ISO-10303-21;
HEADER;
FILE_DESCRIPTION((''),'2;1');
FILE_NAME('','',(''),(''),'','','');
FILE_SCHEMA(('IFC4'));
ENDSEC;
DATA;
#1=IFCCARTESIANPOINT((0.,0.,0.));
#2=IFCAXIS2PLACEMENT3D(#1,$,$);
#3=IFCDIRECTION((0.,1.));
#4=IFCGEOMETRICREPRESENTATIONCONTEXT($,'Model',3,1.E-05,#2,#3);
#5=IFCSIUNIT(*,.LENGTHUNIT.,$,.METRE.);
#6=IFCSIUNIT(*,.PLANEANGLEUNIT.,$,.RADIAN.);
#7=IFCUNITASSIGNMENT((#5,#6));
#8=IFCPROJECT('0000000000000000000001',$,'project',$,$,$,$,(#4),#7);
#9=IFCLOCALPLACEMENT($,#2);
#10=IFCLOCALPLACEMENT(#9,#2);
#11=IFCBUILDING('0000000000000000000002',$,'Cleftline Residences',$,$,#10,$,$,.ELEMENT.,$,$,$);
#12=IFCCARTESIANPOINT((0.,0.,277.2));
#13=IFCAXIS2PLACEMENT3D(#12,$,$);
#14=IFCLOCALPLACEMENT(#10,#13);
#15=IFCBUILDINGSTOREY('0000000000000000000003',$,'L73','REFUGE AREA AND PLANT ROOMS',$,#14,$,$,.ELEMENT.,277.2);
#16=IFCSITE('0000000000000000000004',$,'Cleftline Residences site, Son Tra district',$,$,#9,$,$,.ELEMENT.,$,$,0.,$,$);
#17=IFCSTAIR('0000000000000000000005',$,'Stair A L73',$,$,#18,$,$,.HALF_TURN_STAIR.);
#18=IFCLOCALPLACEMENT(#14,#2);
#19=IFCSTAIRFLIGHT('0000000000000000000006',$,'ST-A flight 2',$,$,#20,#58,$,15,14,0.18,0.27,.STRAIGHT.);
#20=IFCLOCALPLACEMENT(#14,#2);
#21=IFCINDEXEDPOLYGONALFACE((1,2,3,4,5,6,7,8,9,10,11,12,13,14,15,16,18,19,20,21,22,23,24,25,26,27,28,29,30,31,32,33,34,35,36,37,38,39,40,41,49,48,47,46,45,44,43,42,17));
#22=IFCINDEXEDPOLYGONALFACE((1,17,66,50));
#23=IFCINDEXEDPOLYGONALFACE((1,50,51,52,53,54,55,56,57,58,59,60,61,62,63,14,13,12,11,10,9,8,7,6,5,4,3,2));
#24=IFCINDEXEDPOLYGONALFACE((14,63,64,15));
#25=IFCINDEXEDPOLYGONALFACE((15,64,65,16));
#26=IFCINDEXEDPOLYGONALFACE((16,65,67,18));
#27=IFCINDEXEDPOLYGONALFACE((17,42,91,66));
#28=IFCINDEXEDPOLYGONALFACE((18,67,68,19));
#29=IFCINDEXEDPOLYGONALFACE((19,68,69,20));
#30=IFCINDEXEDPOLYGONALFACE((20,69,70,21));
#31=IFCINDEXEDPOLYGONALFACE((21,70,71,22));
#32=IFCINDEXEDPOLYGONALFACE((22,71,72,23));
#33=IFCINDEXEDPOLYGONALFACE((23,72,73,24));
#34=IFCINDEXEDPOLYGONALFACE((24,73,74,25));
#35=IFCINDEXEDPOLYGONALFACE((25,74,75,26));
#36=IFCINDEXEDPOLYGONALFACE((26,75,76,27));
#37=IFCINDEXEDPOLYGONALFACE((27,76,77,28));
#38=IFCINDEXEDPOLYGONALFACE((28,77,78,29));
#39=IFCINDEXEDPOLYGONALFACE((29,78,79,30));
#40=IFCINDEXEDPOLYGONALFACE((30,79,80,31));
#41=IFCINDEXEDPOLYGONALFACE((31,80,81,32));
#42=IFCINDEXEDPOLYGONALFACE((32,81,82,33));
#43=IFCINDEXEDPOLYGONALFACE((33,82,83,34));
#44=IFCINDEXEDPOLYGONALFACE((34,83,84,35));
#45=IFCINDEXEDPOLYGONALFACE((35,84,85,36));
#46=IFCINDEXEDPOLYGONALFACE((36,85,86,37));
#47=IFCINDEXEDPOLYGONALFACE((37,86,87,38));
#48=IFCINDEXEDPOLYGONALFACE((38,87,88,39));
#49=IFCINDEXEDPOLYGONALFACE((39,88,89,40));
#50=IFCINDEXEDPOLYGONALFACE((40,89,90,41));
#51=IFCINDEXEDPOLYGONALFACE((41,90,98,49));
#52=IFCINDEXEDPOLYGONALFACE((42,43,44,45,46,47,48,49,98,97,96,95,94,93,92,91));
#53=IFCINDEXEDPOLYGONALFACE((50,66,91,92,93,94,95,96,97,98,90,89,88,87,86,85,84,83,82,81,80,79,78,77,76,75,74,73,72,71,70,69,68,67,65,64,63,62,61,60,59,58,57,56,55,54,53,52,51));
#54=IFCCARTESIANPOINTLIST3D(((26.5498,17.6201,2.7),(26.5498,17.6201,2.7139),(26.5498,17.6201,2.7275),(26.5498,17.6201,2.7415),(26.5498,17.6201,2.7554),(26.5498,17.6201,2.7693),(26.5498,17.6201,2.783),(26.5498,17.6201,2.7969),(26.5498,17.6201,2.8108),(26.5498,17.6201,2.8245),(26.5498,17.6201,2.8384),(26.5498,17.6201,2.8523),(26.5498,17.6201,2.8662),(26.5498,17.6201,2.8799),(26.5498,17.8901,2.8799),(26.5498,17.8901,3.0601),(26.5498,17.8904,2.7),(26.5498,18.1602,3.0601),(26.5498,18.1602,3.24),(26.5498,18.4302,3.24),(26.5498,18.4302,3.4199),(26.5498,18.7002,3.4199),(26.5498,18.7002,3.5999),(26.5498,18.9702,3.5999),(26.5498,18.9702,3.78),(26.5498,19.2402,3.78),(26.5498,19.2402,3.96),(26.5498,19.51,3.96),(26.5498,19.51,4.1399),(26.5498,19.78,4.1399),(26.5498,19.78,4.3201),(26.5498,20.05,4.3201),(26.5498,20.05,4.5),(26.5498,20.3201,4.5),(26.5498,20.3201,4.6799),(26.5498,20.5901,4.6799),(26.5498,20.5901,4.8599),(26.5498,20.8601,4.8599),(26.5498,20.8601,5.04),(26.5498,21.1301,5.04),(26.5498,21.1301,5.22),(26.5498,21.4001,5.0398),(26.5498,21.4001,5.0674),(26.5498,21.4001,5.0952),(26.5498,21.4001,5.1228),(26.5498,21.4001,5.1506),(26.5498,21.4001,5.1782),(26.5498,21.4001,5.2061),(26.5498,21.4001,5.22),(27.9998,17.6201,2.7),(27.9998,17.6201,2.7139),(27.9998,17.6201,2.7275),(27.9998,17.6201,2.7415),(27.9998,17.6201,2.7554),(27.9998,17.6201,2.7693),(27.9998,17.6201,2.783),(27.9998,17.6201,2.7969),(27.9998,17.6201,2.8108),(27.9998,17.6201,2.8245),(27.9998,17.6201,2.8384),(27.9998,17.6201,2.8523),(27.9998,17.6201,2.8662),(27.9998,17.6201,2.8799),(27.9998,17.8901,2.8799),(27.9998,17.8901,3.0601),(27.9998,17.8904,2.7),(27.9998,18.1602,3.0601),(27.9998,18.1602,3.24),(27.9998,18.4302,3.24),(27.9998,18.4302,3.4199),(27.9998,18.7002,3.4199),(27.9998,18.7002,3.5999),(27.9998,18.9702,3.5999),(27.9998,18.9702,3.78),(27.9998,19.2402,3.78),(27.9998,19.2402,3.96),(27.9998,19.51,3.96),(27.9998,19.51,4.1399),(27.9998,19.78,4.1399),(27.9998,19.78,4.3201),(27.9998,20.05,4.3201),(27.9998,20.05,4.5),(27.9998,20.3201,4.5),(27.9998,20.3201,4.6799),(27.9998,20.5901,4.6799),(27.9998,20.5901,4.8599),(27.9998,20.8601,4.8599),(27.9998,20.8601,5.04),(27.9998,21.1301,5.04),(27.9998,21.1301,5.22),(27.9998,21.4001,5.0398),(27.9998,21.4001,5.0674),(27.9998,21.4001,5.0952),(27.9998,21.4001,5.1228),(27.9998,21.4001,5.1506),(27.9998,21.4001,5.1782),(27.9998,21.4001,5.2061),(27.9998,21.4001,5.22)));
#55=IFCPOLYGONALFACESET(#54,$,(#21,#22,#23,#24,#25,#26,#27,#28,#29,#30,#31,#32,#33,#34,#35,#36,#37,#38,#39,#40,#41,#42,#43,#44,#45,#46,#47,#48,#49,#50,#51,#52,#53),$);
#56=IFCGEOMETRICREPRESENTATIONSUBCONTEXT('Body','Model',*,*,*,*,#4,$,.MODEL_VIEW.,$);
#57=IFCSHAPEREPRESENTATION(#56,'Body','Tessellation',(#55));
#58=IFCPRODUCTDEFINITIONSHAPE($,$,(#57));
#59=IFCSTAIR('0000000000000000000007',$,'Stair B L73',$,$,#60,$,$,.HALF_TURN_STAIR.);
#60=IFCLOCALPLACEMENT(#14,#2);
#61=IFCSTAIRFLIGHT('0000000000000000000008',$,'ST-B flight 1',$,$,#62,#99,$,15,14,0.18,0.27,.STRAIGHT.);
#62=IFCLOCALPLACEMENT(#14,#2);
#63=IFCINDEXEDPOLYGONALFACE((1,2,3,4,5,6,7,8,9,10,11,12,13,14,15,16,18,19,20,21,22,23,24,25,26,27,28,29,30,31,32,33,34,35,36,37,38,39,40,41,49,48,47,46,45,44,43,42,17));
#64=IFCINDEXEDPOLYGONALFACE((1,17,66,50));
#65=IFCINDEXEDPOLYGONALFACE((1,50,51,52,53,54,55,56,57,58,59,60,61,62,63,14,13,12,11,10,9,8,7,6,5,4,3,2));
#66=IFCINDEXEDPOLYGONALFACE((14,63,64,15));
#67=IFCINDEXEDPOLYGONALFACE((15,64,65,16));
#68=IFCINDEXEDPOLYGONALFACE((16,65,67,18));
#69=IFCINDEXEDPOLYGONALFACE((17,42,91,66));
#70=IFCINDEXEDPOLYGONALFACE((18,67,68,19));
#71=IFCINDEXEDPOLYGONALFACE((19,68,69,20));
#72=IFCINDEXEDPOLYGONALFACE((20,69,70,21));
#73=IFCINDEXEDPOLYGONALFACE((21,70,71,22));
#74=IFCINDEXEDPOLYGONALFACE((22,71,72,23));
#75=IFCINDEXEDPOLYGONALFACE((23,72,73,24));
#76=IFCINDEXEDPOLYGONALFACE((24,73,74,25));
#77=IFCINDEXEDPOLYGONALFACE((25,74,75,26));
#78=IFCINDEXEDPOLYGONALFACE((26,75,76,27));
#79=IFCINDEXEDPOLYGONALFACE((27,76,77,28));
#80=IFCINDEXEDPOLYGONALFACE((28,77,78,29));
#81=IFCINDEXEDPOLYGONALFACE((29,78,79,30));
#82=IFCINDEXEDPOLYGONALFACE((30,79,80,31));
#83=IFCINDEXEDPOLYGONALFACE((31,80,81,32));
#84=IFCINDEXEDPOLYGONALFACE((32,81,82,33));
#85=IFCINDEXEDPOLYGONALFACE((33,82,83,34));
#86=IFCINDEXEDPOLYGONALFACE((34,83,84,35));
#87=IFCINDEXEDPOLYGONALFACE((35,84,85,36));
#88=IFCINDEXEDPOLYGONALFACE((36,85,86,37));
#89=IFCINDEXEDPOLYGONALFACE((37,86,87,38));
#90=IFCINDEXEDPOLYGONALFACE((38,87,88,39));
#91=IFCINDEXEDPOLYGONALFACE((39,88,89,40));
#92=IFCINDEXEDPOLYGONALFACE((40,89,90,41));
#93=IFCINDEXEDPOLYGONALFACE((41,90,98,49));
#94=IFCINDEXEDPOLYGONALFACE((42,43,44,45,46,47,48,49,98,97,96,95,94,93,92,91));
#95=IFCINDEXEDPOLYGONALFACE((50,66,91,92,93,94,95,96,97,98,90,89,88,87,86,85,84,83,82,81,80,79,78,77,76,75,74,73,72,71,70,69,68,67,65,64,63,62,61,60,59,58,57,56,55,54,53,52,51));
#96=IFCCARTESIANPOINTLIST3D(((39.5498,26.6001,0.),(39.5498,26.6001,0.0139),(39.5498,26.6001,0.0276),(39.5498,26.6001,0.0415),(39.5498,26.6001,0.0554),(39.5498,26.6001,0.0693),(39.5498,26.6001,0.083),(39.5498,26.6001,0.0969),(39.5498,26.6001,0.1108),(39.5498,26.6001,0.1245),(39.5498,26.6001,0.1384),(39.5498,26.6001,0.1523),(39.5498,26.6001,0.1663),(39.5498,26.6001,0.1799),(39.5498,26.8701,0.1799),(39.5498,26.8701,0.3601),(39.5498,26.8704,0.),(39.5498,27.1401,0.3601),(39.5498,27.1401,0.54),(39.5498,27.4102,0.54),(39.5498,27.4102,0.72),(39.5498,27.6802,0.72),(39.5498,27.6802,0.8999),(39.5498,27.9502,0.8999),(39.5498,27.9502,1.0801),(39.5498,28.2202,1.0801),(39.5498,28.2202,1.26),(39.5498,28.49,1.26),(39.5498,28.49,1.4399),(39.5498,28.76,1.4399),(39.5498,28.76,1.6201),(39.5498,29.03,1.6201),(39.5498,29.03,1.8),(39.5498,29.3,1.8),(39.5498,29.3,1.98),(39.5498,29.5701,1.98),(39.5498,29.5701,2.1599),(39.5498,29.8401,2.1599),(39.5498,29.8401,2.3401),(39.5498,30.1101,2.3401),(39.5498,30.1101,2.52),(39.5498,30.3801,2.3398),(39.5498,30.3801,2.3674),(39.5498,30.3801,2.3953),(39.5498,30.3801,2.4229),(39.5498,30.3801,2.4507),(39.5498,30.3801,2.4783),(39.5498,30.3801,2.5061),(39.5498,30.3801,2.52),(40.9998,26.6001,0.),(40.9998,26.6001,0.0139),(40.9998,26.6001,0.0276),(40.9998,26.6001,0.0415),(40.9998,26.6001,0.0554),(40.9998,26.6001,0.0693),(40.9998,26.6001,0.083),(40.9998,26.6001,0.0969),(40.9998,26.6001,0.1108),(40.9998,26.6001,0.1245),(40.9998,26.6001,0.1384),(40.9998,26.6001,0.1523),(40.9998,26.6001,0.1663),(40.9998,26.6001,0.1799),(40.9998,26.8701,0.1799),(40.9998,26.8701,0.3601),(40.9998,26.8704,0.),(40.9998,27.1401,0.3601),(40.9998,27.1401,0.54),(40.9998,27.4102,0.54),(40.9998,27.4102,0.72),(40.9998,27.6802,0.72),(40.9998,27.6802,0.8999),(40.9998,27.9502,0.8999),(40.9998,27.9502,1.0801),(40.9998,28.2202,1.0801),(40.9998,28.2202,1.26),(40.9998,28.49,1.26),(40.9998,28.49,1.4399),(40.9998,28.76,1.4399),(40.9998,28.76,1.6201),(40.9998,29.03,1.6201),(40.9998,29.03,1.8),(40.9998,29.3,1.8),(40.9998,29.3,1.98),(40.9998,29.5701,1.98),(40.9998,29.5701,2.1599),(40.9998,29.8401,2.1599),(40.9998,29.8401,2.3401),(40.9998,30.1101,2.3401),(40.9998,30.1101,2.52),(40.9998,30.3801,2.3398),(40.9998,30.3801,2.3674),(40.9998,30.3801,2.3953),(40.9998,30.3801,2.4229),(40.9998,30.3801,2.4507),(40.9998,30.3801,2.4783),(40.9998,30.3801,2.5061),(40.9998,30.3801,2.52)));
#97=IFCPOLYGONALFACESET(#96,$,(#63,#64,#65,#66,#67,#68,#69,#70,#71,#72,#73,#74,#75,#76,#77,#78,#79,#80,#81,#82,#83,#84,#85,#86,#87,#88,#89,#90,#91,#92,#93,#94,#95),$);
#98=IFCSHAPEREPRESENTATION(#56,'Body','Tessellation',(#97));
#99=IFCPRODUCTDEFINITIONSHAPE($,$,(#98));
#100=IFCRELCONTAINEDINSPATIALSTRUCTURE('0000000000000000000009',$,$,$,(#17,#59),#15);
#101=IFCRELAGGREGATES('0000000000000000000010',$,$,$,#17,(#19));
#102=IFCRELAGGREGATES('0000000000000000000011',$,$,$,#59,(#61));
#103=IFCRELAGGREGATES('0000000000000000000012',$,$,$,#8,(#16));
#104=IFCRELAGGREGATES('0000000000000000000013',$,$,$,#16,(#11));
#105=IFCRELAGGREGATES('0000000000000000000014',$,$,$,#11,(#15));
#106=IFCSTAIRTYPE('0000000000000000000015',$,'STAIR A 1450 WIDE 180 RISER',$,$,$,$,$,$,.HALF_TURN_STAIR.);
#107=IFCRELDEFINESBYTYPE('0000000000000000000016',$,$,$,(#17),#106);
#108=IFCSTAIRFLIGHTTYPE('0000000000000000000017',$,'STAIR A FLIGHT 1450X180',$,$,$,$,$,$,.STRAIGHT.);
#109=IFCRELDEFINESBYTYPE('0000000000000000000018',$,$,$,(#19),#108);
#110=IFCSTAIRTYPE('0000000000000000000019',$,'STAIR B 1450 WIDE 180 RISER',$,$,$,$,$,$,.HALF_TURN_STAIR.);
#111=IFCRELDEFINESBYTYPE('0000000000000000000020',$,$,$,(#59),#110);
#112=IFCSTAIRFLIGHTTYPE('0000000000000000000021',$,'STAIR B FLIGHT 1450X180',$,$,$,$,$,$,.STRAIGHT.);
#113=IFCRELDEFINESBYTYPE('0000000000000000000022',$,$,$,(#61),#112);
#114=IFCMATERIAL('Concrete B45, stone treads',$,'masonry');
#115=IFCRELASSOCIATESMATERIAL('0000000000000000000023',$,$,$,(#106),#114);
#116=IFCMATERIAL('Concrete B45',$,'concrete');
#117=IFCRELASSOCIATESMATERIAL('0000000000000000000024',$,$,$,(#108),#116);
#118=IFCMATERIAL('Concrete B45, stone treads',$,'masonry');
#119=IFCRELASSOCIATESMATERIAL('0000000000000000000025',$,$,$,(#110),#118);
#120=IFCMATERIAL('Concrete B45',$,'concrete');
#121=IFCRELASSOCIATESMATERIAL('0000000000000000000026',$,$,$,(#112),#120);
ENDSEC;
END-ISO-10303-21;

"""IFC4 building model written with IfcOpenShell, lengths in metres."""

from ifc_helpers import new_model, si_unit, direction, frame, origin, place, context, subcontext, project, spatial, polyline, outline, extrude, material, type_object, element, aggregate, save


model = new_model("IFC4")

# Units and contexts
model_context = context("Model", 3, precision=1e-05, world=origin(), true_north=direction((0.0, 1.0)))
body_context = subcontext(model_context, "Body", "Model", "MODEL_VIEW")
ifc_project = project(units=[si_unit("LENGTHUNIT", "METRE"), si_unit("PLANEANGLEUNIT", "RADIAN")], contexts=[model_context])

# Site, building, storey
site_placement = place(None, origin())
site = spatial("IfcSite", under=ifc_project, at=site_placement, Name="Cleftline Residences site, Son Tra district", CompositionType="ELEMENT", RefElevation=0.0)
building_placement = place(site_placement, origin())
building = spatial("IfcBuilding", under=site, at=building_placement, Name="Cleftline Residences", CompositionType="ELEMENT")
storey_placement = place(building_placement, frame((0.0, 0.0, 277.2)))
storey = spatial("IfcBuildingStorey", under=building, at=storey_placement, Name="L73", Description="REFUGE AREA AND PLANT ROOMS", CompositionType="ELEMENT", Elevation=277.2)

# Stair, stair flight
ifc_material_1 = material(Name="Concrete B45, stone treads", Category="masonry")
stair_type_1 = type_object("IfcStairType", Name="STAIR A 1450 WIDE 180 RISER", PredefinedType="HALF_TURN_STAIR", material=ifc_material_1)
stair_1_placement = place(storey_placement, origin())
stair_1 = element("IfcStair", 1, at=stair_1_placement, inside=storey, type_object=stair_type_1, Name="Stair A L73", PredefinedType="HALF_TURN_STAIR")
ifc_material_2 = material(Name="Concrete B45", Category="concrete")
stair_flight_type_1 = type_object("IfcStairFlightType", Name="STAIR A FLIGHT 1450X180", PredefinedType="STRAIGHT", material=ifc_material_2)
stair_flight_1_placement = place(storey_placement, frame((27.2749, 17.6201, 2.7), z_axis=(0.0, 0.0, 1.0), x_axis=(0.0, 1.0, 0.0)))
stair_flight_1 = element("IfcStairFlight", 2, at=stair_flight_1_placement, type_object=stair_flight_type_1, Name="ST-A flight 2", NumberOfRisers=15, NumberOfTreads=14, PredefinedType="STRAIGHT", RiserHeight=0.18, TreadLength=0.27, context=body_context, shape_type="SweptSolid", body=[
    extrude(outline(polyline([(0.0, 0.0), (0.0, 0.0139), (0.0, 0.0276), (0.0, 0.0415), (0.0, 0.0554), (0.0, 0.0693), (0.0, 0.083), (0.0, 0.0969), (0.0, 0.1108), (0.0, 0.1245), (0.0, 0.1384), (0.0, 0.1523), (0.0, 0.1663), (0.0, 0.1799), (0.27, 0.1799), (0.27, 0.3601), (0.54, 0.3601), (0.54, 0.54), (0.8101, 0.54), (0.8101, 0.72), (1.0801, 0.72), (1.0801, 0.8999), (1.3501, 0.8999), (1.3501, 1.0801), (1.6201, 1.0801), (1.6201, 1.26), (1.8899, 1.26), (1.8899, 1.4399), (2.1599, 1.4399), (2.1599, 1.6201), (2.4299, 1.6201), (2.4299, 1.8), (2.7, 1.8), (2.7, 1.98), (2.97, 1.98), (2.97, 2.1599), (3.24, 2.1599), (3.24, 2.3401), (3.51, 2.3401), (3.51, 2.52), (3.78, 2.52), (3.78, 2.7), (3.78, 2.6724), (3.78, 2.6445), (3.78, 2.6169), (3.78, 2.5891), (3.78, 2.5615), (3.78, 2.5337), (3.78, 2.5061), (3.78, 2.4783), (3.78, 2.4507), (3.78, 2.4229), (3.78, 2.3953), (3.78, 2.3674), (3.78, 2.3398), (0.2703, 0.0), (0.0, 0.0)])), frame((0.0, 0.7251, 0.0), z_axis=(0.0, -1.0, 0.0), x_axis=(1.0, 0.0, 0.0)), (0.0, 0.0, 1.0), 1.45),
])
aggregate(stair_1, [stair_flight_1])

# Stair, stair flight
ifc_material_3 = material(Name="Concrete B45, stone treads", Category="masonry")
stair_type_2 = type_object("IfcStairType", Name="STAIR B 1450 WIDE 180 RISER", PredefinedType="HALF_TURN_STAIR", material=ifc_material_3)
stair_2_placement = place(storey_placement, origin())
stair_2 = element("IfcStair", 3, at=stair_2_placement, inside=storey, type_object=stair_type_2, Name="Stair B L73", PredefinedType="HALF_TURN_STAIR")
ifc_material_4 = material(Name="Concrete B45", Category="concrete")
stair_flight_type_2 = type_object("IfcStairFlightType", Name="STAIR B FLIGHT 1450X180", PredefinedType="STRAIGHT", material=ifc_material_4)
stair_flight_2_placement = place(storey_placement, frame((40.2749, 26.6001, 0.0), z_axis=(0.0, 0.0, 1.0), x_axis=(0.0, 1.0, 0.0)))
stair_flight_2 = element("IfcStairFlight", 4, at=stair_flight_2_placement, type_object=stair_flight_type_2, Name="ST-B flight 1", NumberOfRisers=15, NumberOfTreads=14, PredefinedType="STRAIGHT", RiserHeight=0.18, TreadLength=0.27, context=body_context, shape_type="SweptSolid", body=[
    extrude(outline(polyline([(0.0, 0.0), (0.0, 0.0139), (0.0, 0.0276), (0.0, 0.0415), (0.0, 0.0554), (0.0, 0.0693), (0.0, 0.083), (0.0, 0.0969), (0.0, 0.1108), (0.0, 0.1245), (0.0, 0.1384), (0.0, 0.1523), (0.0, 0.1663), (0.0, 0.1799), (0.27, 0.1799), (0.27, 0.3601), (0.54, 0.3601), (0.54, 0.54), (0.8101, 0.54), (0.8101, 0.72), (1.0801, 0.72), (1.0801, 0.8999), (1.3501, 0.8999), (1.3501, 1.0801), (1.6201, 1.0801), (1.6201, 1.26), (1.8899, 1.26), (1.8899, 1.4399), (2.1599, 1.4399), (2.1599, 1.6201), (2.4299, 1.6201), (2.4299, 1.8), (2.7, 1.8), (2.7, 1.98), (2.97, 1.98), (2.97, 2.1599), (3.24, 2.1599), (3.24, 2.3401), (3.51, 2.3401), (3.51, 2.52), (3.78, 2.52), (3.78, 2.7), (3.78, 2.6724), (3.78, 2.6445), (3.78, 2.6169), (3.78, 2.5891), (3.78, 2.5615), (3.78, 2.5337), (3.78, 2.5061), (3.78, 2.4783), (3.78, 2.4507), (3.78, 2.4229), (3.78, 2.3953), (3.78, 2.3674), (3.78, 2.3398), (0.2703, 0.0), (0.0, 0.0)])), frame((0.0, 0.7251, 0.0), z_axis=(0.0, -1.0, 0.0), x_axis=(1.0, 0.0, 0.0)), (0.0, 0.0, 1.0), 1.45),
])
aggregate(stair_2, [stair_flight_2])

save(model, "model.ifc")
